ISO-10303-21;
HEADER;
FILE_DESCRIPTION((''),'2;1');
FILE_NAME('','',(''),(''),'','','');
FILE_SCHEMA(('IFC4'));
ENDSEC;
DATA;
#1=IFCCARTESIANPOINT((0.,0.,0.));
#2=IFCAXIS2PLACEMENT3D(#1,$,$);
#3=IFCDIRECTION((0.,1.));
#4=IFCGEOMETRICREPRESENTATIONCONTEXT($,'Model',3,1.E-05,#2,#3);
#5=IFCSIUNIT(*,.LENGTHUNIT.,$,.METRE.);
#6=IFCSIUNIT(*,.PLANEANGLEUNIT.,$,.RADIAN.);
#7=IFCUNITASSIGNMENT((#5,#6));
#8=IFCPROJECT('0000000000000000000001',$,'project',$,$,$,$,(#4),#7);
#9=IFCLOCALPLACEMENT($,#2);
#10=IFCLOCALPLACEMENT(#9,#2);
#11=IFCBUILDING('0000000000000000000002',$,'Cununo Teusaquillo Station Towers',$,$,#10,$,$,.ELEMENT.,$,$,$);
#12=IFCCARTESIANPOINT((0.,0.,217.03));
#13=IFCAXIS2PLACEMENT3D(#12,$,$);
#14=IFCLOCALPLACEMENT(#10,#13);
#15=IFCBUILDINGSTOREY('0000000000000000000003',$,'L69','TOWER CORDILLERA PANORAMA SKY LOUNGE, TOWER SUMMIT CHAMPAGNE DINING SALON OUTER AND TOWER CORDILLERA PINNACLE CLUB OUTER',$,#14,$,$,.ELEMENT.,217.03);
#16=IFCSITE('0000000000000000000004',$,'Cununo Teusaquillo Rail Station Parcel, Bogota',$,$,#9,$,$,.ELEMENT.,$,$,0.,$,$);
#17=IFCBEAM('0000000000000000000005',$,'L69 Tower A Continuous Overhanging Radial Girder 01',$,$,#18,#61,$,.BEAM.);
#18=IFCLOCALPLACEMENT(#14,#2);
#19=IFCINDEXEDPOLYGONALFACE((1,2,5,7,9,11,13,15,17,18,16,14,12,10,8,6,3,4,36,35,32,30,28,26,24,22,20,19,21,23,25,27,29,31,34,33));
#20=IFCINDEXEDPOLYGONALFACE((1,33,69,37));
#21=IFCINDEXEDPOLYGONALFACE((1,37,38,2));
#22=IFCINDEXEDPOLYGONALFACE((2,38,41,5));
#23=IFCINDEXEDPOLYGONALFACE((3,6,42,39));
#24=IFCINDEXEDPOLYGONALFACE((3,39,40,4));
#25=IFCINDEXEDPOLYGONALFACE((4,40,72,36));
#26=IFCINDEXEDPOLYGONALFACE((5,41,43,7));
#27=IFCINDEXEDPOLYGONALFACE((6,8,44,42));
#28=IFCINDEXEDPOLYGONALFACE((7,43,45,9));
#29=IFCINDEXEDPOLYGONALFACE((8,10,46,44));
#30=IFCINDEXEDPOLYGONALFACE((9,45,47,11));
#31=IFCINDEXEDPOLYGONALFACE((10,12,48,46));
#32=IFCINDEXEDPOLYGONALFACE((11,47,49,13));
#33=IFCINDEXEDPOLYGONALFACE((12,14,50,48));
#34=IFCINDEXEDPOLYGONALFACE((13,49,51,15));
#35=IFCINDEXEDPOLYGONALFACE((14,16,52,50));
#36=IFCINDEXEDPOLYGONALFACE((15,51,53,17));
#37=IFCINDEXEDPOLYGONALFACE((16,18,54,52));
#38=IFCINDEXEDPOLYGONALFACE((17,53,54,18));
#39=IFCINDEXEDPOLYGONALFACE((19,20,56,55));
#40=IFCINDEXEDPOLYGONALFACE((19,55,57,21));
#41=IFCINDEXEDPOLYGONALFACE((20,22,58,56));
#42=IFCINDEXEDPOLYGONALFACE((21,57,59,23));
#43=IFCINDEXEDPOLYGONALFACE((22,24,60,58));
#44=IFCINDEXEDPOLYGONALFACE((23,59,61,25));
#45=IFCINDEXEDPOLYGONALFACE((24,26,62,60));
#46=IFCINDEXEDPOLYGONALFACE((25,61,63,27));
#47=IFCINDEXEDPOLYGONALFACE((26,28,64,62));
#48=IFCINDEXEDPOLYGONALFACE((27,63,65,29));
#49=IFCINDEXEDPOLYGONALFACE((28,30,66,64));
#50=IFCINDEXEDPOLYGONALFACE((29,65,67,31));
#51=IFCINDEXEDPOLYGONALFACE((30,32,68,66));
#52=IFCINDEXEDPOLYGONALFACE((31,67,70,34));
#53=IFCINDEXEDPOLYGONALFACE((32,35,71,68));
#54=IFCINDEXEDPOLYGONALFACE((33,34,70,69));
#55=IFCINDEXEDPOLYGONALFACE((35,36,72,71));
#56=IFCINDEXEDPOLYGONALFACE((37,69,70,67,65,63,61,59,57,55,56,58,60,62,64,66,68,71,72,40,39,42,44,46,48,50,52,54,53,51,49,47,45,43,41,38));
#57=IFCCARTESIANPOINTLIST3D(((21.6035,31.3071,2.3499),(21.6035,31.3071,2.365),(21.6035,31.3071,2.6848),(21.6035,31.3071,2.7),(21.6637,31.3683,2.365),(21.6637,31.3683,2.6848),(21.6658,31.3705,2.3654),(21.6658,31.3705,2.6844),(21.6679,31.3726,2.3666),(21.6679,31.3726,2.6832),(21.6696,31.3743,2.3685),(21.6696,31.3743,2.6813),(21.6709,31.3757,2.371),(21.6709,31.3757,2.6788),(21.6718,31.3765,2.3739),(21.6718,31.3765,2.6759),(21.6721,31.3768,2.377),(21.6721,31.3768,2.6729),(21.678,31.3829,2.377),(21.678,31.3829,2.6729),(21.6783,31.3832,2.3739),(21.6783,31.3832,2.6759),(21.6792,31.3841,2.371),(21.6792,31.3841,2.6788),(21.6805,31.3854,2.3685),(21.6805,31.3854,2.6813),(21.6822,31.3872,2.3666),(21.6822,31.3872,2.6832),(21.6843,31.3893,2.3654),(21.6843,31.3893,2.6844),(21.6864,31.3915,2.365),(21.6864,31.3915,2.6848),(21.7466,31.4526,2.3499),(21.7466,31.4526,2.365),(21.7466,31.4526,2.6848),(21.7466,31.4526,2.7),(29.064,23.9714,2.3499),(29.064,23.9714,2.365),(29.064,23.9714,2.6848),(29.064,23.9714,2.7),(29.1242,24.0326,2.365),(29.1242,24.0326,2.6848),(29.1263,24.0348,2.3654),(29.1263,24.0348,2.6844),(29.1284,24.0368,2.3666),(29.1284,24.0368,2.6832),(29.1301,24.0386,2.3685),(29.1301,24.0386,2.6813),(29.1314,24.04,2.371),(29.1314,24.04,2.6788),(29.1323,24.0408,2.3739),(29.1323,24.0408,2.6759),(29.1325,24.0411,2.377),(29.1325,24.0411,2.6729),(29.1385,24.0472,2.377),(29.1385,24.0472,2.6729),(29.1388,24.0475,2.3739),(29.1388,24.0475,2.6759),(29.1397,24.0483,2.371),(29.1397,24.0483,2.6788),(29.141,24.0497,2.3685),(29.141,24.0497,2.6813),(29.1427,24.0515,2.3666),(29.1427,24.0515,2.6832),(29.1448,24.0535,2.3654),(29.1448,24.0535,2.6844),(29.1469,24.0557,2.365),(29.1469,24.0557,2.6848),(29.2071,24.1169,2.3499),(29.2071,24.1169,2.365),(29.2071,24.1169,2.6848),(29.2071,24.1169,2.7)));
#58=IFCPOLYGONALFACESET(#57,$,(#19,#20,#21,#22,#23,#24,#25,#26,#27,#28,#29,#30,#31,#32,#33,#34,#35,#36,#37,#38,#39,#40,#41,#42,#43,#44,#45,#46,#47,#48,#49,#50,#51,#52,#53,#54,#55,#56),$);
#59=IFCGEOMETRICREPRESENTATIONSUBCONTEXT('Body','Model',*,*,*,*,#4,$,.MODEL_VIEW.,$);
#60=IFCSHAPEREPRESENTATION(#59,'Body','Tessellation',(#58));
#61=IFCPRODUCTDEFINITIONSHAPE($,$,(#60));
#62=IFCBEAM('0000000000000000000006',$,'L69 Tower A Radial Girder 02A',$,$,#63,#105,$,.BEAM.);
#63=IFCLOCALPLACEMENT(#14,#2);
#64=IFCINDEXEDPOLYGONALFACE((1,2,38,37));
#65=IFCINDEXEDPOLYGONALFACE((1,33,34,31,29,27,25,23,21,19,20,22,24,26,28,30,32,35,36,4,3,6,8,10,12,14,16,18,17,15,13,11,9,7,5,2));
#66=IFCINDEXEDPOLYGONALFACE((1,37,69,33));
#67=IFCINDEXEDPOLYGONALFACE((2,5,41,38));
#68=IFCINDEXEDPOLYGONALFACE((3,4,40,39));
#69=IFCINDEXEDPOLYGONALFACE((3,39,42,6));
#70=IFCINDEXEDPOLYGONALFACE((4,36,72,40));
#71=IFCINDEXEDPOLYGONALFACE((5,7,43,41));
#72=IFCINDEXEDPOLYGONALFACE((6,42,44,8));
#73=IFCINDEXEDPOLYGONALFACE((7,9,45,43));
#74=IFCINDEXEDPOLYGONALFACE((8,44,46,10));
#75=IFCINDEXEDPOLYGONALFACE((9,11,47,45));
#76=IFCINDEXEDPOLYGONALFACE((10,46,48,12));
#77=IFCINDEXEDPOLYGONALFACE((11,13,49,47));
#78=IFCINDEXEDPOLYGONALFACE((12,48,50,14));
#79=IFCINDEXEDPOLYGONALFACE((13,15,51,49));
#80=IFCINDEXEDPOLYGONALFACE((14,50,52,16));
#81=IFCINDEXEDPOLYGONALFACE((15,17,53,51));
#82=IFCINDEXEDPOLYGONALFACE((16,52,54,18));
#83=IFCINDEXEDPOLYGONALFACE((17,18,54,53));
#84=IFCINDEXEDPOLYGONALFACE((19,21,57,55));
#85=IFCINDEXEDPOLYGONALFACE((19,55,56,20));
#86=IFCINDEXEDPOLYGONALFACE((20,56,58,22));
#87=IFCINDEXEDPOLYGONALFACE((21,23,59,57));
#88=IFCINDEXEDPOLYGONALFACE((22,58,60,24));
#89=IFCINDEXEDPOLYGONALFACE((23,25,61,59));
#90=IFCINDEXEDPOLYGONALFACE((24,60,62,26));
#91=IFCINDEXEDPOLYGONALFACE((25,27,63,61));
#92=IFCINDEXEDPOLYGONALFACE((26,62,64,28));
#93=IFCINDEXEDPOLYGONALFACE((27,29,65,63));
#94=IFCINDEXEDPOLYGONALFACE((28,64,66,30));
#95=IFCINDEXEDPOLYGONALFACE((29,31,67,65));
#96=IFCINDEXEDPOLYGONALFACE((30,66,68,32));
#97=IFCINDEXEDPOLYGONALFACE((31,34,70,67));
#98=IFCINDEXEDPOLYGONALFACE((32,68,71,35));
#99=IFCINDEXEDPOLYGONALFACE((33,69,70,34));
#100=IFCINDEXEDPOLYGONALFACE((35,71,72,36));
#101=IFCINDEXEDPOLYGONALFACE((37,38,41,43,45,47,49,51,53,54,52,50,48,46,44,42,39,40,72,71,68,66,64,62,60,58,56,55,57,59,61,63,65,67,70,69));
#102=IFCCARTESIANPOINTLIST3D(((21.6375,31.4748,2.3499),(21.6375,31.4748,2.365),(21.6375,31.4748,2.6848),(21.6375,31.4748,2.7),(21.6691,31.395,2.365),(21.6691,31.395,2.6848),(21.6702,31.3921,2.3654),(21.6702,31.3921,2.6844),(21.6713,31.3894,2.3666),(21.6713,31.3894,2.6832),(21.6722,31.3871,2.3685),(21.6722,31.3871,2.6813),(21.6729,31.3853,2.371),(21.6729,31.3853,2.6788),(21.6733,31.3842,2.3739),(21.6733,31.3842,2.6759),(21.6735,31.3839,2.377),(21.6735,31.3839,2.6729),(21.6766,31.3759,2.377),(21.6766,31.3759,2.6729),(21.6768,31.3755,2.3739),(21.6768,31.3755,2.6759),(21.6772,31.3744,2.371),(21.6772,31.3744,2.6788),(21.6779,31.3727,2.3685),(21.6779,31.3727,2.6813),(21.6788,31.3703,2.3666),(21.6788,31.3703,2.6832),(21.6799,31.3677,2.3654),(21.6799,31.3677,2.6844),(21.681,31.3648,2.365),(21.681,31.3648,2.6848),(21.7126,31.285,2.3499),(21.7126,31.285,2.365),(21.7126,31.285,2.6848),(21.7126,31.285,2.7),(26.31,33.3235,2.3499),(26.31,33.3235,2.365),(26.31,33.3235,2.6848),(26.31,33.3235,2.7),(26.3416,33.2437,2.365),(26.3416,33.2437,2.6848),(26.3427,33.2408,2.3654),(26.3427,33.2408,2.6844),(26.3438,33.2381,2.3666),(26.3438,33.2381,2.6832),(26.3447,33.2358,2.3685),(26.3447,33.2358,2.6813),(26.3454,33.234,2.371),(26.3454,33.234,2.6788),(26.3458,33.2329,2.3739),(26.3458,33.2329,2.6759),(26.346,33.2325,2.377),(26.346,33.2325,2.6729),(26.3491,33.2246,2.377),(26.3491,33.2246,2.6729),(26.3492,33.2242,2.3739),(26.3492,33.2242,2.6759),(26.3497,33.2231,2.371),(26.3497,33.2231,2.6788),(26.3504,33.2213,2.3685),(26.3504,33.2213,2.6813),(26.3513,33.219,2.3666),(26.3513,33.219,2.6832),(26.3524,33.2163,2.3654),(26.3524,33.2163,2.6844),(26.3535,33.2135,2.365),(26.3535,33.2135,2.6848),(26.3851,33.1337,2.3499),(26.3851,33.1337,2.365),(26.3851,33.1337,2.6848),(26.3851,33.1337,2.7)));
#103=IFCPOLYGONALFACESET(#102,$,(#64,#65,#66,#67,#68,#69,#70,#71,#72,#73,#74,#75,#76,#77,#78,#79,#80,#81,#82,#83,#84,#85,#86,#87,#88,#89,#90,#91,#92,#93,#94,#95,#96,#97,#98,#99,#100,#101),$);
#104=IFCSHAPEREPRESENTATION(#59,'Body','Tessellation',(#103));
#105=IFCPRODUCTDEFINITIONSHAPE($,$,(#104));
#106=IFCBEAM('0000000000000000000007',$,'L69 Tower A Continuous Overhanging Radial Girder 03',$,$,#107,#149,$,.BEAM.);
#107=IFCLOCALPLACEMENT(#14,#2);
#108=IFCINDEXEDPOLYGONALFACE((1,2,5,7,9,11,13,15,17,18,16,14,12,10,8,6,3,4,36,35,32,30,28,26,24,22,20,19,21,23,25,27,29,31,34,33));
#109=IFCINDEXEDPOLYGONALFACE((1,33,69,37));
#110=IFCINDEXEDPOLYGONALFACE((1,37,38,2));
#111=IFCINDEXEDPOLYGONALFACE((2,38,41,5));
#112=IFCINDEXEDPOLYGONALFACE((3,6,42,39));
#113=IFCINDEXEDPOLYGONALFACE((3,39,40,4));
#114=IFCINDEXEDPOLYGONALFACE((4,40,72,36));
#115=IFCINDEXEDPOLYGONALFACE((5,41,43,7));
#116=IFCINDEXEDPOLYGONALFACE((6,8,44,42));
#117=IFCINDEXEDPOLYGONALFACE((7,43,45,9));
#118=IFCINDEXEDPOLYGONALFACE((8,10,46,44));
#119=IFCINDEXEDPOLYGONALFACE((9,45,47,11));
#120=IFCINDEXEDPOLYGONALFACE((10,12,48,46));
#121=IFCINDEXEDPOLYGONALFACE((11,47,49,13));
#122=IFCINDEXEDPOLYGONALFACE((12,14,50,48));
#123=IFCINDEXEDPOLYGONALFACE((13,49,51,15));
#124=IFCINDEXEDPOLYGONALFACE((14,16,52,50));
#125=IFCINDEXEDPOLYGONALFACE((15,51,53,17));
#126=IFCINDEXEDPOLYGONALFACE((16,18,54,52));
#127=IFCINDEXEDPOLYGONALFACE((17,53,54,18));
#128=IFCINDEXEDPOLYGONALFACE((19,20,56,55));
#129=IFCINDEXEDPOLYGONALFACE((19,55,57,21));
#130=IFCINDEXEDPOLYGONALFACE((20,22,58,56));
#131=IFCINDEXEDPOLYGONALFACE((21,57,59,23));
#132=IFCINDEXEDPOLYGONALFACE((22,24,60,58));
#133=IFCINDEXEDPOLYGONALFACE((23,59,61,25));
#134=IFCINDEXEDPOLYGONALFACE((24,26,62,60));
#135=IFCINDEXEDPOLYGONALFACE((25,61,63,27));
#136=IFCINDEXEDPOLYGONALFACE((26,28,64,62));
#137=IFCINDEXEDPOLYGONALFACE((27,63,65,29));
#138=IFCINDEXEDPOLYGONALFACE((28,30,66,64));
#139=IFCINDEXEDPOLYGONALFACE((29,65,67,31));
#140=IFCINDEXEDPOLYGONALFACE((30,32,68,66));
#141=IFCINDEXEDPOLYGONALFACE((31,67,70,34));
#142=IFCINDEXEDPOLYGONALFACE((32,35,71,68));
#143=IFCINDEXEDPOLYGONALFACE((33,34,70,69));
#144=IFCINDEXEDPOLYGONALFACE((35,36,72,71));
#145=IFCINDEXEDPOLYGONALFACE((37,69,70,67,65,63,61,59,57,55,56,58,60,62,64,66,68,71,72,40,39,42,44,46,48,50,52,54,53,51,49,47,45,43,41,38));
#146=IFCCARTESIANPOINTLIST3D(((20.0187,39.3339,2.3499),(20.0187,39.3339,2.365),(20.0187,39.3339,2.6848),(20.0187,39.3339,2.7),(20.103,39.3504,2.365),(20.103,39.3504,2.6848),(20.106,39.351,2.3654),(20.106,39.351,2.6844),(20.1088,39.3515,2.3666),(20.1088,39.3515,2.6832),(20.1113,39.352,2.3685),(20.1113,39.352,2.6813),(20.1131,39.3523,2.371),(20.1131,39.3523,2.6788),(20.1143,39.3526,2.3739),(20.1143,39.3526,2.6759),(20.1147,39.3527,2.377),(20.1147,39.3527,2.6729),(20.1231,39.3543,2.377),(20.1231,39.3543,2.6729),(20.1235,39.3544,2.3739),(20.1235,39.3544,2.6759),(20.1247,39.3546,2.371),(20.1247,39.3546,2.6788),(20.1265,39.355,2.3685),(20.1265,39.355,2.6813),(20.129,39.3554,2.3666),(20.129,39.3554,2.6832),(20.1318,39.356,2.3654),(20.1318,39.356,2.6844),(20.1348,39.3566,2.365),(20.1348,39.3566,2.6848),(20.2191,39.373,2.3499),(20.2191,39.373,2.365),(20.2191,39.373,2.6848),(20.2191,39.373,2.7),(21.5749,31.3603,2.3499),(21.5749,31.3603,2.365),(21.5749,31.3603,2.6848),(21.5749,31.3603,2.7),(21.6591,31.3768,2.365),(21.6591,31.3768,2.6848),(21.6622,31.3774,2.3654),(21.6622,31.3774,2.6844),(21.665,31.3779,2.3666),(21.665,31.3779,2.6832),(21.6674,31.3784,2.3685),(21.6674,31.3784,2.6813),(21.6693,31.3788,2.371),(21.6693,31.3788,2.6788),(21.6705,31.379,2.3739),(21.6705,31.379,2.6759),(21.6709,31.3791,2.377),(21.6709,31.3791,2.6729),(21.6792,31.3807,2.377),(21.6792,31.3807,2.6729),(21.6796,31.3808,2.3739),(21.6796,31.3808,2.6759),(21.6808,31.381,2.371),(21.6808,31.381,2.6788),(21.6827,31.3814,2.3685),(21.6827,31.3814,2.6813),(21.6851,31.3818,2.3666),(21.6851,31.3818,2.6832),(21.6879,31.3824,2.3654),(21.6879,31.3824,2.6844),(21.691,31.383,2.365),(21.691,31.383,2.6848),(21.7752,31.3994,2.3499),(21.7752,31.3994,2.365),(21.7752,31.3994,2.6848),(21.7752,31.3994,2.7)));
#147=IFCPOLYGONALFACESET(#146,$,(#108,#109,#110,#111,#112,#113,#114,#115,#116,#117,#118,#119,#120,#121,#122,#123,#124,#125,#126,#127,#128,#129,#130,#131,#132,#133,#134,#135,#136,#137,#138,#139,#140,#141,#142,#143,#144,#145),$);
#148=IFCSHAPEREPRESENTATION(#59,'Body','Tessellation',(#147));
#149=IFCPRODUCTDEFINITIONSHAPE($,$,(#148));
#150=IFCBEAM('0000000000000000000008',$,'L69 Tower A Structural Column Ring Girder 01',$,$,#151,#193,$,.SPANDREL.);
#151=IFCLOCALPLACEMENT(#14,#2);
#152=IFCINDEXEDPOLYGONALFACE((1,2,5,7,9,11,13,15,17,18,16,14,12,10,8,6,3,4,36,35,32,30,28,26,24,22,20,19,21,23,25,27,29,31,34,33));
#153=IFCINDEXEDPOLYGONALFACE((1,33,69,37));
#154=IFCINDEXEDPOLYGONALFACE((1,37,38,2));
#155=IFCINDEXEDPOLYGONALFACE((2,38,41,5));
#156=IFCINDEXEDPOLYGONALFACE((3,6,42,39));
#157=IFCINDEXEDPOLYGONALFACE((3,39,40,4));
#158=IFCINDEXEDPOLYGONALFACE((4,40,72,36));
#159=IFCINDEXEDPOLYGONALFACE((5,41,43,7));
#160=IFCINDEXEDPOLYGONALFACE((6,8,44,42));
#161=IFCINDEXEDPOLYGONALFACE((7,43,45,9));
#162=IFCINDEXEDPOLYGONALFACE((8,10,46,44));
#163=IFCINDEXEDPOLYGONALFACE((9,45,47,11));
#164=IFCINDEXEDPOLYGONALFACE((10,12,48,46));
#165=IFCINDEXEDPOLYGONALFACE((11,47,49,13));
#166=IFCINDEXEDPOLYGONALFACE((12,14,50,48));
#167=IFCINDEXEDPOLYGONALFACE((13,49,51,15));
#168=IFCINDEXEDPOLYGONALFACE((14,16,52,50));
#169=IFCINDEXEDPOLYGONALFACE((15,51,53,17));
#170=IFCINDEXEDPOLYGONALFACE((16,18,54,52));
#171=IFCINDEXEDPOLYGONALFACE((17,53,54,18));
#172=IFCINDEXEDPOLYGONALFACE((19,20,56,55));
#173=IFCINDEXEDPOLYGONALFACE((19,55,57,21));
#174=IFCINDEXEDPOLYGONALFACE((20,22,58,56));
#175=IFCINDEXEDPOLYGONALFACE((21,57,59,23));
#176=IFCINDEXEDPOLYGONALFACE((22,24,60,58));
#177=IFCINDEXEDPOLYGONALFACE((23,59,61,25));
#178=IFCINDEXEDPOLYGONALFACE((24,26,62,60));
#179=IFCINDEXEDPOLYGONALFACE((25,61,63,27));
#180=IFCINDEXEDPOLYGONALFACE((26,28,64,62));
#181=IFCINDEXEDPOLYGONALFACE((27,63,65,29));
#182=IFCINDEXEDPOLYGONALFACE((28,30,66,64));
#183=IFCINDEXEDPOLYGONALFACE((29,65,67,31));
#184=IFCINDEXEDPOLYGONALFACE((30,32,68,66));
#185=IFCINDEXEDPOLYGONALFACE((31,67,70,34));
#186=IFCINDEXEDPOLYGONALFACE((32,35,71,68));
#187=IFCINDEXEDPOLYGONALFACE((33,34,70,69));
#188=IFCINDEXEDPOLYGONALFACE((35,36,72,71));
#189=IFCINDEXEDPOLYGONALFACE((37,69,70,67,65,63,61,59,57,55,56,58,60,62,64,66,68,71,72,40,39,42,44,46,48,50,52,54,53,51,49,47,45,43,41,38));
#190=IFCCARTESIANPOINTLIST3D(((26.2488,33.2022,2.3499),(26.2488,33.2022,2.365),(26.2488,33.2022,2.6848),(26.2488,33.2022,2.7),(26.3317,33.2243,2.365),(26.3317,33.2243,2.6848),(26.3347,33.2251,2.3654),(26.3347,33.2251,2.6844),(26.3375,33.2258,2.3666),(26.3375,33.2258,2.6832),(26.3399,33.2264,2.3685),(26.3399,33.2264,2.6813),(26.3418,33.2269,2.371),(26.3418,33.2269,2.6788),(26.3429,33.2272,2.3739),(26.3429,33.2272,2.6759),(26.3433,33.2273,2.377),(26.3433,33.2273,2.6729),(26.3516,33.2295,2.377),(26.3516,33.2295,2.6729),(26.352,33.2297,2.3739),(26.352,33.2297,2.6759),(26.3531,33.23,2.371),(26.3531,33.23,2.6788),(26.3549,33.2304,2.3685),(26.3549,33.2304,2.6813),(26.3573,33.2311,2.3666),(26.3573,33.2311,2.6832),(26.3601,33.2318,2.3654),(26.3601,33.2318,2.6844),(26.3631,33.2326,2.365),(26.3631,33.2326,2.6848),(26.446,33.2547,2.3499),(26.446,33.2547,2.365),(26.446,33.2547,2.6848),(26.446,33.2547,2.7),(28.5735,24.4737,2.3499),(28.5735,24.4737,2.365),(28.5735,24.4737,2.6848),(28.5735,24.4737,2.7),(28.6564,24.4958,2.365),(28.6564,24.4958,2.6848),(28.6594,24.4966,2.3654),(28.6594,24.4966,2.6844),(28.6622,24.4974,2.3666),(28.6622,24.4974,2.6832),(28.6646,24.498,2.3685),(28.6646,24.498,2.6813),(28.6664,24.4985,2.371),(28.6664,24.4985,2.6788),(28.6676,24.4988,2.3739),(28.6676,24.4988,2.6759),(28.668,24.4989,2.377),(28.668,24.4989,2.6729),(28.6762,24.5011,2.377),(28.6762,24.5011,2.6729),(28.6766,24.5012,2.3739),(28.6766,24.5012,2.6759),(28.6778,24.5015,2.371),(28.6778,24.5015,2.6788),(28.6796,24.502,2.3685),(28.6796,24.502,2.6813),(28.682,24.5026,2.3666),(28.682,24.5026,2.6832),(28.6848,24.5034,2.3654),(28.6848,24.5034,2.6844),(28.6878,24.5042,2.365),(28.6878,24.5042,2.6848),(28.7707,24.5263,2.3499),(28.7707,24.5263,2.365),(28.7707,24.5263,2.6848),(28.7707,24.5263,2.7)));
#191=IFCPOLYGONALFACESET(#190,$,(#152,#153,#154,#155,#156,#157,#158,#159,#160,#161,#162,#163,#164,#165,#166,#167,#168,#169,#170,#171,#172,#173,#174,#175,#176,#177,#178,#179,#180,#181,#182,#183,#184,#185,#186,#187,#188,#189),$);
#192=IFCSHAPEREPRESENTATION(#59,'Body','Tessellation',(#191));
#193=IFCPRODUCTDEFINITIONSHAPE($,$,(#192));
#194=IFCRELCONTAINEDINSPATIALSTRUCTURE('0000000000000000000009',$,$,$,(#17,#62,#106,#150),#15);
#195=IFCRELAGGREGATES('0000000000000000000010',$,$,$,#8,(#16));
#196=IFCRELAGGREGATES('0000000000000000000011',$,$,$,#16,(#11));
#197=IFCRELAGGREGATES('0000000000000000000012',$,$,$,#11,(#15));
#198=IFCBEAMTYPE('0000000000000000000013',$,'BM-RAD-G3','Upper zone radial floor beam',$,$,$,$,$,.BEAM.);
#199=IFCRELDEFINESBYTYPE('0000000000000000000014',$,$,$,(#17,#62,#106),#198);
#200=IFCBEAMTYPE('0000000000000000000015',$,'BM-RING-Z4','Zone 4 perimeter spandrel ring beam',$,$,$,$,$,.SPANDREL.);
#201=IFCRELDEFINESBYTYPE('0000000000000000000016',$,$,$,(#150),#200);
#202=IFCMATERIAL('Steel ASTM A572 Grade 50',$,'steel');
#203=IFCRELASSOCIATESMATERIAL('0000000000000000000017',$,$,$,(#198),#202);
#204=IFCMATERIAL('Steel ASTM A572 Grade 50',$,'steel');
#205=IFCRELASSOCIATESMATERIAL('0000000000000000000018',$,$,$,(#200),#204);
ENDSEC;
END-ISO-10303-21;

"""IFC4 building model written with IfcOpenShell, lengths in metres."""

from ifc_helpers import new_model, si_unit, direction, frame, origin, origin_2d, place, context, subcontext, project, spatial, i_section, extrude, material, material_profile, profile_set, type_object, element, save


model = new_model("IFC4")

# Units and contexts
model_context = context("Model", 3, precision=1e-05, world=origin(), true_north=direction((0.0, 1.0)))
body_context = subcontext(model_context, "Body", "Model", "MODEL_VIEW")
ifc_project = project(units=[si_unit("LENGTHUNIT", "METRE"), si_unit("PLANEANGLEUNIT", "RADIAN")], contexts=[model_context])

# Site, building, storey
site_placement = place(None, origin())
site = spatial("IfcSite", under=ifc_project, at=site_placement, Name="Cununo Teusaquillo Rail Station Parcel, Bogota", CompositionType="ELEMENT", RefElevation=0.0)
building_placement = place(site_placement, origin())
building = spatial("IfcBuilding", under=site, at=building_placement, Name="Cununo Teusaquillo Station Towers", CompositionType="ELEMENT")
storey_placement = place(building_placement, frame((0.0, 0.0, 217.03)))
storey = spatial("IfcBuildingStorey", under=building, at=storey_placement, Name="L69", Description="TOWER CORDILLERA PANORAMA SKY LOUNGE, TOWER SUMMIT CHAMPAGNE DINING SALON OUTER AND TOWER CORDILLERA PINNACLE CLUB OUTER", CompositionType="ELEMENT", Elevation=217.03)

# Beams
ifc_material_1 = material(Name="Steel ASTM A572 Grade 50", Category="steel")
ifc_material_profile_1 = material_profile(ifc_material_1, i_section(OverallWidth=0.2041, OverallDepth=0.3501, WebThickness=0.0085, FlangeThickness=0.0151, FilletRadius=0.012, at=origin_2d()), Name="W14X48")
ifc_profile_set_1 = profile_set([ifc_material_profile_1], Name="Steel ASTM A572 Grade 50")
beam_type_1 = type_object("IfcBeamType", Name="BM-RAD-G3", Description="Upper zone radial floor beam", PredefinedType="BEAM", material=ifc_profile_set_1)
beam_1_placement = place(storey_placement, frame((21.675, 31.3799, 2.5249), z_axis=(0.713044, -0.70112, 0.0), x_axis=(0.70112, 0.713044, 0.0)))
element("IfcBeam", 1, at=beam_1_placement, inside=storey, type_object=beam_type_1, Name="L69 Tower A Continuous Overhanging Radial Girder 01", PredefinedType="BEAM", context=body_context, shape_type="SweptSolid", body=[
    extrude(i_section(OverallWidth=0.2041, OverallDepth=0.3501, WebThickness=0.0085, FlangeThickness=0.0151, FilletRadius=0.012, at=origin_2d()), origin(), (0.0, 0.0, 1.0), 10.4629),
])
beam_2_placement = place(storey_placement, frame((21.675, 31.3799, 2.5249), z_axis=(0.929864, 0.367903, 0.0), x_axis=(-0.367903, 0.929864, 0.0)))
element("IfcBeam", 2, at=beam_2_placement, inside=storey, type_object=beam_type_1, Name="L69 Tower A Radial Girder 02A", PredefinedType="BEAM", context=body_context, shape_type="SweptSolid", body=[
    extrude(i_section(OverallWidth=0.2041, OverallDepth=0.3501, WebThickness=0.0085, FlangeThickness=0.0151, FilletRadius=0.012, at=origin_2d()), origin(), (0.0, 0.0, 1.0), 5.0249),
])
beam_3_placement = place(storey_placement, frame((21.675, 31.3799, 2.5249), z_axis=(-0.191548, 0.981483, 0.0), x_axis=(-0.981483, -0.191548, 0.0)))
element("IfcBeam", 3, at=beam_3_placement, inside=storey, type_object=beam_type_1, Name="L69 Tower A Continuous Overhanging Radial Girder 03", PredefinedType="BEAM", context=body_context, shape_type="SweptSolid", body=[
    extrude(i_section(OverallWidth=0.2041, OverallDepth=0.3501, WebThickness=0.0085, FlangeThickness=0.0151, FilletRadius=0.012, at=origin_2d()), origin(), (0.0, 0.0, 1.0), 8.124),
])
ifc_material_2 = material(Name="Steel ASTM A572 Grade 50", Category="steel")
ifc_material_profile_2 = material_profile(ifc_material_2, i_section(OverallWidth=0.2041, OverallDepth=0.3501, WebThickness=0.0085, FlangeThickness=0.0151, FilletRadius=0.012, at=origin_2d()), Name="W14X48")
ifc_profile_set_2 = profile_set([ifc_material_profile_2], Name="Steel ASTM A572 Grade 50")
beam_type_2 = type_object("IfcBeamType", Name="BM-RING-Z4", Description="Zone 4 perimeter spandrel ring beam", PredefinedType="SPANDREL", material=ifc_profile_set_2)
beam_4_placement = place(storey_placement, frame((28.6721, 24.5, 2.5249), z_axis=(-0.257363, 0.966315, 0.0), x_axis=(-0.966315, -0.257363, 0.0)))
element("IfcBeam", 4, at=beam_4_placement, inside=storey, type_object=beam_type_2, Name="L69 Tower A Structural Column Ring Girder 01", PredefinedType="SPANDREL", context=body_context, shape_type="SweptSolid", body=[
    extrude(i_section(OverallWidth=0.2041, OverallDepth=0.3501, WebThickness=0.0085, FlangeThickness=0.0151, FilletRadius=0.012, at=origin_2d()), origin(), (0.0, 0.0, 1.0), 9.0327),
])

save(model, "model.ifc")
